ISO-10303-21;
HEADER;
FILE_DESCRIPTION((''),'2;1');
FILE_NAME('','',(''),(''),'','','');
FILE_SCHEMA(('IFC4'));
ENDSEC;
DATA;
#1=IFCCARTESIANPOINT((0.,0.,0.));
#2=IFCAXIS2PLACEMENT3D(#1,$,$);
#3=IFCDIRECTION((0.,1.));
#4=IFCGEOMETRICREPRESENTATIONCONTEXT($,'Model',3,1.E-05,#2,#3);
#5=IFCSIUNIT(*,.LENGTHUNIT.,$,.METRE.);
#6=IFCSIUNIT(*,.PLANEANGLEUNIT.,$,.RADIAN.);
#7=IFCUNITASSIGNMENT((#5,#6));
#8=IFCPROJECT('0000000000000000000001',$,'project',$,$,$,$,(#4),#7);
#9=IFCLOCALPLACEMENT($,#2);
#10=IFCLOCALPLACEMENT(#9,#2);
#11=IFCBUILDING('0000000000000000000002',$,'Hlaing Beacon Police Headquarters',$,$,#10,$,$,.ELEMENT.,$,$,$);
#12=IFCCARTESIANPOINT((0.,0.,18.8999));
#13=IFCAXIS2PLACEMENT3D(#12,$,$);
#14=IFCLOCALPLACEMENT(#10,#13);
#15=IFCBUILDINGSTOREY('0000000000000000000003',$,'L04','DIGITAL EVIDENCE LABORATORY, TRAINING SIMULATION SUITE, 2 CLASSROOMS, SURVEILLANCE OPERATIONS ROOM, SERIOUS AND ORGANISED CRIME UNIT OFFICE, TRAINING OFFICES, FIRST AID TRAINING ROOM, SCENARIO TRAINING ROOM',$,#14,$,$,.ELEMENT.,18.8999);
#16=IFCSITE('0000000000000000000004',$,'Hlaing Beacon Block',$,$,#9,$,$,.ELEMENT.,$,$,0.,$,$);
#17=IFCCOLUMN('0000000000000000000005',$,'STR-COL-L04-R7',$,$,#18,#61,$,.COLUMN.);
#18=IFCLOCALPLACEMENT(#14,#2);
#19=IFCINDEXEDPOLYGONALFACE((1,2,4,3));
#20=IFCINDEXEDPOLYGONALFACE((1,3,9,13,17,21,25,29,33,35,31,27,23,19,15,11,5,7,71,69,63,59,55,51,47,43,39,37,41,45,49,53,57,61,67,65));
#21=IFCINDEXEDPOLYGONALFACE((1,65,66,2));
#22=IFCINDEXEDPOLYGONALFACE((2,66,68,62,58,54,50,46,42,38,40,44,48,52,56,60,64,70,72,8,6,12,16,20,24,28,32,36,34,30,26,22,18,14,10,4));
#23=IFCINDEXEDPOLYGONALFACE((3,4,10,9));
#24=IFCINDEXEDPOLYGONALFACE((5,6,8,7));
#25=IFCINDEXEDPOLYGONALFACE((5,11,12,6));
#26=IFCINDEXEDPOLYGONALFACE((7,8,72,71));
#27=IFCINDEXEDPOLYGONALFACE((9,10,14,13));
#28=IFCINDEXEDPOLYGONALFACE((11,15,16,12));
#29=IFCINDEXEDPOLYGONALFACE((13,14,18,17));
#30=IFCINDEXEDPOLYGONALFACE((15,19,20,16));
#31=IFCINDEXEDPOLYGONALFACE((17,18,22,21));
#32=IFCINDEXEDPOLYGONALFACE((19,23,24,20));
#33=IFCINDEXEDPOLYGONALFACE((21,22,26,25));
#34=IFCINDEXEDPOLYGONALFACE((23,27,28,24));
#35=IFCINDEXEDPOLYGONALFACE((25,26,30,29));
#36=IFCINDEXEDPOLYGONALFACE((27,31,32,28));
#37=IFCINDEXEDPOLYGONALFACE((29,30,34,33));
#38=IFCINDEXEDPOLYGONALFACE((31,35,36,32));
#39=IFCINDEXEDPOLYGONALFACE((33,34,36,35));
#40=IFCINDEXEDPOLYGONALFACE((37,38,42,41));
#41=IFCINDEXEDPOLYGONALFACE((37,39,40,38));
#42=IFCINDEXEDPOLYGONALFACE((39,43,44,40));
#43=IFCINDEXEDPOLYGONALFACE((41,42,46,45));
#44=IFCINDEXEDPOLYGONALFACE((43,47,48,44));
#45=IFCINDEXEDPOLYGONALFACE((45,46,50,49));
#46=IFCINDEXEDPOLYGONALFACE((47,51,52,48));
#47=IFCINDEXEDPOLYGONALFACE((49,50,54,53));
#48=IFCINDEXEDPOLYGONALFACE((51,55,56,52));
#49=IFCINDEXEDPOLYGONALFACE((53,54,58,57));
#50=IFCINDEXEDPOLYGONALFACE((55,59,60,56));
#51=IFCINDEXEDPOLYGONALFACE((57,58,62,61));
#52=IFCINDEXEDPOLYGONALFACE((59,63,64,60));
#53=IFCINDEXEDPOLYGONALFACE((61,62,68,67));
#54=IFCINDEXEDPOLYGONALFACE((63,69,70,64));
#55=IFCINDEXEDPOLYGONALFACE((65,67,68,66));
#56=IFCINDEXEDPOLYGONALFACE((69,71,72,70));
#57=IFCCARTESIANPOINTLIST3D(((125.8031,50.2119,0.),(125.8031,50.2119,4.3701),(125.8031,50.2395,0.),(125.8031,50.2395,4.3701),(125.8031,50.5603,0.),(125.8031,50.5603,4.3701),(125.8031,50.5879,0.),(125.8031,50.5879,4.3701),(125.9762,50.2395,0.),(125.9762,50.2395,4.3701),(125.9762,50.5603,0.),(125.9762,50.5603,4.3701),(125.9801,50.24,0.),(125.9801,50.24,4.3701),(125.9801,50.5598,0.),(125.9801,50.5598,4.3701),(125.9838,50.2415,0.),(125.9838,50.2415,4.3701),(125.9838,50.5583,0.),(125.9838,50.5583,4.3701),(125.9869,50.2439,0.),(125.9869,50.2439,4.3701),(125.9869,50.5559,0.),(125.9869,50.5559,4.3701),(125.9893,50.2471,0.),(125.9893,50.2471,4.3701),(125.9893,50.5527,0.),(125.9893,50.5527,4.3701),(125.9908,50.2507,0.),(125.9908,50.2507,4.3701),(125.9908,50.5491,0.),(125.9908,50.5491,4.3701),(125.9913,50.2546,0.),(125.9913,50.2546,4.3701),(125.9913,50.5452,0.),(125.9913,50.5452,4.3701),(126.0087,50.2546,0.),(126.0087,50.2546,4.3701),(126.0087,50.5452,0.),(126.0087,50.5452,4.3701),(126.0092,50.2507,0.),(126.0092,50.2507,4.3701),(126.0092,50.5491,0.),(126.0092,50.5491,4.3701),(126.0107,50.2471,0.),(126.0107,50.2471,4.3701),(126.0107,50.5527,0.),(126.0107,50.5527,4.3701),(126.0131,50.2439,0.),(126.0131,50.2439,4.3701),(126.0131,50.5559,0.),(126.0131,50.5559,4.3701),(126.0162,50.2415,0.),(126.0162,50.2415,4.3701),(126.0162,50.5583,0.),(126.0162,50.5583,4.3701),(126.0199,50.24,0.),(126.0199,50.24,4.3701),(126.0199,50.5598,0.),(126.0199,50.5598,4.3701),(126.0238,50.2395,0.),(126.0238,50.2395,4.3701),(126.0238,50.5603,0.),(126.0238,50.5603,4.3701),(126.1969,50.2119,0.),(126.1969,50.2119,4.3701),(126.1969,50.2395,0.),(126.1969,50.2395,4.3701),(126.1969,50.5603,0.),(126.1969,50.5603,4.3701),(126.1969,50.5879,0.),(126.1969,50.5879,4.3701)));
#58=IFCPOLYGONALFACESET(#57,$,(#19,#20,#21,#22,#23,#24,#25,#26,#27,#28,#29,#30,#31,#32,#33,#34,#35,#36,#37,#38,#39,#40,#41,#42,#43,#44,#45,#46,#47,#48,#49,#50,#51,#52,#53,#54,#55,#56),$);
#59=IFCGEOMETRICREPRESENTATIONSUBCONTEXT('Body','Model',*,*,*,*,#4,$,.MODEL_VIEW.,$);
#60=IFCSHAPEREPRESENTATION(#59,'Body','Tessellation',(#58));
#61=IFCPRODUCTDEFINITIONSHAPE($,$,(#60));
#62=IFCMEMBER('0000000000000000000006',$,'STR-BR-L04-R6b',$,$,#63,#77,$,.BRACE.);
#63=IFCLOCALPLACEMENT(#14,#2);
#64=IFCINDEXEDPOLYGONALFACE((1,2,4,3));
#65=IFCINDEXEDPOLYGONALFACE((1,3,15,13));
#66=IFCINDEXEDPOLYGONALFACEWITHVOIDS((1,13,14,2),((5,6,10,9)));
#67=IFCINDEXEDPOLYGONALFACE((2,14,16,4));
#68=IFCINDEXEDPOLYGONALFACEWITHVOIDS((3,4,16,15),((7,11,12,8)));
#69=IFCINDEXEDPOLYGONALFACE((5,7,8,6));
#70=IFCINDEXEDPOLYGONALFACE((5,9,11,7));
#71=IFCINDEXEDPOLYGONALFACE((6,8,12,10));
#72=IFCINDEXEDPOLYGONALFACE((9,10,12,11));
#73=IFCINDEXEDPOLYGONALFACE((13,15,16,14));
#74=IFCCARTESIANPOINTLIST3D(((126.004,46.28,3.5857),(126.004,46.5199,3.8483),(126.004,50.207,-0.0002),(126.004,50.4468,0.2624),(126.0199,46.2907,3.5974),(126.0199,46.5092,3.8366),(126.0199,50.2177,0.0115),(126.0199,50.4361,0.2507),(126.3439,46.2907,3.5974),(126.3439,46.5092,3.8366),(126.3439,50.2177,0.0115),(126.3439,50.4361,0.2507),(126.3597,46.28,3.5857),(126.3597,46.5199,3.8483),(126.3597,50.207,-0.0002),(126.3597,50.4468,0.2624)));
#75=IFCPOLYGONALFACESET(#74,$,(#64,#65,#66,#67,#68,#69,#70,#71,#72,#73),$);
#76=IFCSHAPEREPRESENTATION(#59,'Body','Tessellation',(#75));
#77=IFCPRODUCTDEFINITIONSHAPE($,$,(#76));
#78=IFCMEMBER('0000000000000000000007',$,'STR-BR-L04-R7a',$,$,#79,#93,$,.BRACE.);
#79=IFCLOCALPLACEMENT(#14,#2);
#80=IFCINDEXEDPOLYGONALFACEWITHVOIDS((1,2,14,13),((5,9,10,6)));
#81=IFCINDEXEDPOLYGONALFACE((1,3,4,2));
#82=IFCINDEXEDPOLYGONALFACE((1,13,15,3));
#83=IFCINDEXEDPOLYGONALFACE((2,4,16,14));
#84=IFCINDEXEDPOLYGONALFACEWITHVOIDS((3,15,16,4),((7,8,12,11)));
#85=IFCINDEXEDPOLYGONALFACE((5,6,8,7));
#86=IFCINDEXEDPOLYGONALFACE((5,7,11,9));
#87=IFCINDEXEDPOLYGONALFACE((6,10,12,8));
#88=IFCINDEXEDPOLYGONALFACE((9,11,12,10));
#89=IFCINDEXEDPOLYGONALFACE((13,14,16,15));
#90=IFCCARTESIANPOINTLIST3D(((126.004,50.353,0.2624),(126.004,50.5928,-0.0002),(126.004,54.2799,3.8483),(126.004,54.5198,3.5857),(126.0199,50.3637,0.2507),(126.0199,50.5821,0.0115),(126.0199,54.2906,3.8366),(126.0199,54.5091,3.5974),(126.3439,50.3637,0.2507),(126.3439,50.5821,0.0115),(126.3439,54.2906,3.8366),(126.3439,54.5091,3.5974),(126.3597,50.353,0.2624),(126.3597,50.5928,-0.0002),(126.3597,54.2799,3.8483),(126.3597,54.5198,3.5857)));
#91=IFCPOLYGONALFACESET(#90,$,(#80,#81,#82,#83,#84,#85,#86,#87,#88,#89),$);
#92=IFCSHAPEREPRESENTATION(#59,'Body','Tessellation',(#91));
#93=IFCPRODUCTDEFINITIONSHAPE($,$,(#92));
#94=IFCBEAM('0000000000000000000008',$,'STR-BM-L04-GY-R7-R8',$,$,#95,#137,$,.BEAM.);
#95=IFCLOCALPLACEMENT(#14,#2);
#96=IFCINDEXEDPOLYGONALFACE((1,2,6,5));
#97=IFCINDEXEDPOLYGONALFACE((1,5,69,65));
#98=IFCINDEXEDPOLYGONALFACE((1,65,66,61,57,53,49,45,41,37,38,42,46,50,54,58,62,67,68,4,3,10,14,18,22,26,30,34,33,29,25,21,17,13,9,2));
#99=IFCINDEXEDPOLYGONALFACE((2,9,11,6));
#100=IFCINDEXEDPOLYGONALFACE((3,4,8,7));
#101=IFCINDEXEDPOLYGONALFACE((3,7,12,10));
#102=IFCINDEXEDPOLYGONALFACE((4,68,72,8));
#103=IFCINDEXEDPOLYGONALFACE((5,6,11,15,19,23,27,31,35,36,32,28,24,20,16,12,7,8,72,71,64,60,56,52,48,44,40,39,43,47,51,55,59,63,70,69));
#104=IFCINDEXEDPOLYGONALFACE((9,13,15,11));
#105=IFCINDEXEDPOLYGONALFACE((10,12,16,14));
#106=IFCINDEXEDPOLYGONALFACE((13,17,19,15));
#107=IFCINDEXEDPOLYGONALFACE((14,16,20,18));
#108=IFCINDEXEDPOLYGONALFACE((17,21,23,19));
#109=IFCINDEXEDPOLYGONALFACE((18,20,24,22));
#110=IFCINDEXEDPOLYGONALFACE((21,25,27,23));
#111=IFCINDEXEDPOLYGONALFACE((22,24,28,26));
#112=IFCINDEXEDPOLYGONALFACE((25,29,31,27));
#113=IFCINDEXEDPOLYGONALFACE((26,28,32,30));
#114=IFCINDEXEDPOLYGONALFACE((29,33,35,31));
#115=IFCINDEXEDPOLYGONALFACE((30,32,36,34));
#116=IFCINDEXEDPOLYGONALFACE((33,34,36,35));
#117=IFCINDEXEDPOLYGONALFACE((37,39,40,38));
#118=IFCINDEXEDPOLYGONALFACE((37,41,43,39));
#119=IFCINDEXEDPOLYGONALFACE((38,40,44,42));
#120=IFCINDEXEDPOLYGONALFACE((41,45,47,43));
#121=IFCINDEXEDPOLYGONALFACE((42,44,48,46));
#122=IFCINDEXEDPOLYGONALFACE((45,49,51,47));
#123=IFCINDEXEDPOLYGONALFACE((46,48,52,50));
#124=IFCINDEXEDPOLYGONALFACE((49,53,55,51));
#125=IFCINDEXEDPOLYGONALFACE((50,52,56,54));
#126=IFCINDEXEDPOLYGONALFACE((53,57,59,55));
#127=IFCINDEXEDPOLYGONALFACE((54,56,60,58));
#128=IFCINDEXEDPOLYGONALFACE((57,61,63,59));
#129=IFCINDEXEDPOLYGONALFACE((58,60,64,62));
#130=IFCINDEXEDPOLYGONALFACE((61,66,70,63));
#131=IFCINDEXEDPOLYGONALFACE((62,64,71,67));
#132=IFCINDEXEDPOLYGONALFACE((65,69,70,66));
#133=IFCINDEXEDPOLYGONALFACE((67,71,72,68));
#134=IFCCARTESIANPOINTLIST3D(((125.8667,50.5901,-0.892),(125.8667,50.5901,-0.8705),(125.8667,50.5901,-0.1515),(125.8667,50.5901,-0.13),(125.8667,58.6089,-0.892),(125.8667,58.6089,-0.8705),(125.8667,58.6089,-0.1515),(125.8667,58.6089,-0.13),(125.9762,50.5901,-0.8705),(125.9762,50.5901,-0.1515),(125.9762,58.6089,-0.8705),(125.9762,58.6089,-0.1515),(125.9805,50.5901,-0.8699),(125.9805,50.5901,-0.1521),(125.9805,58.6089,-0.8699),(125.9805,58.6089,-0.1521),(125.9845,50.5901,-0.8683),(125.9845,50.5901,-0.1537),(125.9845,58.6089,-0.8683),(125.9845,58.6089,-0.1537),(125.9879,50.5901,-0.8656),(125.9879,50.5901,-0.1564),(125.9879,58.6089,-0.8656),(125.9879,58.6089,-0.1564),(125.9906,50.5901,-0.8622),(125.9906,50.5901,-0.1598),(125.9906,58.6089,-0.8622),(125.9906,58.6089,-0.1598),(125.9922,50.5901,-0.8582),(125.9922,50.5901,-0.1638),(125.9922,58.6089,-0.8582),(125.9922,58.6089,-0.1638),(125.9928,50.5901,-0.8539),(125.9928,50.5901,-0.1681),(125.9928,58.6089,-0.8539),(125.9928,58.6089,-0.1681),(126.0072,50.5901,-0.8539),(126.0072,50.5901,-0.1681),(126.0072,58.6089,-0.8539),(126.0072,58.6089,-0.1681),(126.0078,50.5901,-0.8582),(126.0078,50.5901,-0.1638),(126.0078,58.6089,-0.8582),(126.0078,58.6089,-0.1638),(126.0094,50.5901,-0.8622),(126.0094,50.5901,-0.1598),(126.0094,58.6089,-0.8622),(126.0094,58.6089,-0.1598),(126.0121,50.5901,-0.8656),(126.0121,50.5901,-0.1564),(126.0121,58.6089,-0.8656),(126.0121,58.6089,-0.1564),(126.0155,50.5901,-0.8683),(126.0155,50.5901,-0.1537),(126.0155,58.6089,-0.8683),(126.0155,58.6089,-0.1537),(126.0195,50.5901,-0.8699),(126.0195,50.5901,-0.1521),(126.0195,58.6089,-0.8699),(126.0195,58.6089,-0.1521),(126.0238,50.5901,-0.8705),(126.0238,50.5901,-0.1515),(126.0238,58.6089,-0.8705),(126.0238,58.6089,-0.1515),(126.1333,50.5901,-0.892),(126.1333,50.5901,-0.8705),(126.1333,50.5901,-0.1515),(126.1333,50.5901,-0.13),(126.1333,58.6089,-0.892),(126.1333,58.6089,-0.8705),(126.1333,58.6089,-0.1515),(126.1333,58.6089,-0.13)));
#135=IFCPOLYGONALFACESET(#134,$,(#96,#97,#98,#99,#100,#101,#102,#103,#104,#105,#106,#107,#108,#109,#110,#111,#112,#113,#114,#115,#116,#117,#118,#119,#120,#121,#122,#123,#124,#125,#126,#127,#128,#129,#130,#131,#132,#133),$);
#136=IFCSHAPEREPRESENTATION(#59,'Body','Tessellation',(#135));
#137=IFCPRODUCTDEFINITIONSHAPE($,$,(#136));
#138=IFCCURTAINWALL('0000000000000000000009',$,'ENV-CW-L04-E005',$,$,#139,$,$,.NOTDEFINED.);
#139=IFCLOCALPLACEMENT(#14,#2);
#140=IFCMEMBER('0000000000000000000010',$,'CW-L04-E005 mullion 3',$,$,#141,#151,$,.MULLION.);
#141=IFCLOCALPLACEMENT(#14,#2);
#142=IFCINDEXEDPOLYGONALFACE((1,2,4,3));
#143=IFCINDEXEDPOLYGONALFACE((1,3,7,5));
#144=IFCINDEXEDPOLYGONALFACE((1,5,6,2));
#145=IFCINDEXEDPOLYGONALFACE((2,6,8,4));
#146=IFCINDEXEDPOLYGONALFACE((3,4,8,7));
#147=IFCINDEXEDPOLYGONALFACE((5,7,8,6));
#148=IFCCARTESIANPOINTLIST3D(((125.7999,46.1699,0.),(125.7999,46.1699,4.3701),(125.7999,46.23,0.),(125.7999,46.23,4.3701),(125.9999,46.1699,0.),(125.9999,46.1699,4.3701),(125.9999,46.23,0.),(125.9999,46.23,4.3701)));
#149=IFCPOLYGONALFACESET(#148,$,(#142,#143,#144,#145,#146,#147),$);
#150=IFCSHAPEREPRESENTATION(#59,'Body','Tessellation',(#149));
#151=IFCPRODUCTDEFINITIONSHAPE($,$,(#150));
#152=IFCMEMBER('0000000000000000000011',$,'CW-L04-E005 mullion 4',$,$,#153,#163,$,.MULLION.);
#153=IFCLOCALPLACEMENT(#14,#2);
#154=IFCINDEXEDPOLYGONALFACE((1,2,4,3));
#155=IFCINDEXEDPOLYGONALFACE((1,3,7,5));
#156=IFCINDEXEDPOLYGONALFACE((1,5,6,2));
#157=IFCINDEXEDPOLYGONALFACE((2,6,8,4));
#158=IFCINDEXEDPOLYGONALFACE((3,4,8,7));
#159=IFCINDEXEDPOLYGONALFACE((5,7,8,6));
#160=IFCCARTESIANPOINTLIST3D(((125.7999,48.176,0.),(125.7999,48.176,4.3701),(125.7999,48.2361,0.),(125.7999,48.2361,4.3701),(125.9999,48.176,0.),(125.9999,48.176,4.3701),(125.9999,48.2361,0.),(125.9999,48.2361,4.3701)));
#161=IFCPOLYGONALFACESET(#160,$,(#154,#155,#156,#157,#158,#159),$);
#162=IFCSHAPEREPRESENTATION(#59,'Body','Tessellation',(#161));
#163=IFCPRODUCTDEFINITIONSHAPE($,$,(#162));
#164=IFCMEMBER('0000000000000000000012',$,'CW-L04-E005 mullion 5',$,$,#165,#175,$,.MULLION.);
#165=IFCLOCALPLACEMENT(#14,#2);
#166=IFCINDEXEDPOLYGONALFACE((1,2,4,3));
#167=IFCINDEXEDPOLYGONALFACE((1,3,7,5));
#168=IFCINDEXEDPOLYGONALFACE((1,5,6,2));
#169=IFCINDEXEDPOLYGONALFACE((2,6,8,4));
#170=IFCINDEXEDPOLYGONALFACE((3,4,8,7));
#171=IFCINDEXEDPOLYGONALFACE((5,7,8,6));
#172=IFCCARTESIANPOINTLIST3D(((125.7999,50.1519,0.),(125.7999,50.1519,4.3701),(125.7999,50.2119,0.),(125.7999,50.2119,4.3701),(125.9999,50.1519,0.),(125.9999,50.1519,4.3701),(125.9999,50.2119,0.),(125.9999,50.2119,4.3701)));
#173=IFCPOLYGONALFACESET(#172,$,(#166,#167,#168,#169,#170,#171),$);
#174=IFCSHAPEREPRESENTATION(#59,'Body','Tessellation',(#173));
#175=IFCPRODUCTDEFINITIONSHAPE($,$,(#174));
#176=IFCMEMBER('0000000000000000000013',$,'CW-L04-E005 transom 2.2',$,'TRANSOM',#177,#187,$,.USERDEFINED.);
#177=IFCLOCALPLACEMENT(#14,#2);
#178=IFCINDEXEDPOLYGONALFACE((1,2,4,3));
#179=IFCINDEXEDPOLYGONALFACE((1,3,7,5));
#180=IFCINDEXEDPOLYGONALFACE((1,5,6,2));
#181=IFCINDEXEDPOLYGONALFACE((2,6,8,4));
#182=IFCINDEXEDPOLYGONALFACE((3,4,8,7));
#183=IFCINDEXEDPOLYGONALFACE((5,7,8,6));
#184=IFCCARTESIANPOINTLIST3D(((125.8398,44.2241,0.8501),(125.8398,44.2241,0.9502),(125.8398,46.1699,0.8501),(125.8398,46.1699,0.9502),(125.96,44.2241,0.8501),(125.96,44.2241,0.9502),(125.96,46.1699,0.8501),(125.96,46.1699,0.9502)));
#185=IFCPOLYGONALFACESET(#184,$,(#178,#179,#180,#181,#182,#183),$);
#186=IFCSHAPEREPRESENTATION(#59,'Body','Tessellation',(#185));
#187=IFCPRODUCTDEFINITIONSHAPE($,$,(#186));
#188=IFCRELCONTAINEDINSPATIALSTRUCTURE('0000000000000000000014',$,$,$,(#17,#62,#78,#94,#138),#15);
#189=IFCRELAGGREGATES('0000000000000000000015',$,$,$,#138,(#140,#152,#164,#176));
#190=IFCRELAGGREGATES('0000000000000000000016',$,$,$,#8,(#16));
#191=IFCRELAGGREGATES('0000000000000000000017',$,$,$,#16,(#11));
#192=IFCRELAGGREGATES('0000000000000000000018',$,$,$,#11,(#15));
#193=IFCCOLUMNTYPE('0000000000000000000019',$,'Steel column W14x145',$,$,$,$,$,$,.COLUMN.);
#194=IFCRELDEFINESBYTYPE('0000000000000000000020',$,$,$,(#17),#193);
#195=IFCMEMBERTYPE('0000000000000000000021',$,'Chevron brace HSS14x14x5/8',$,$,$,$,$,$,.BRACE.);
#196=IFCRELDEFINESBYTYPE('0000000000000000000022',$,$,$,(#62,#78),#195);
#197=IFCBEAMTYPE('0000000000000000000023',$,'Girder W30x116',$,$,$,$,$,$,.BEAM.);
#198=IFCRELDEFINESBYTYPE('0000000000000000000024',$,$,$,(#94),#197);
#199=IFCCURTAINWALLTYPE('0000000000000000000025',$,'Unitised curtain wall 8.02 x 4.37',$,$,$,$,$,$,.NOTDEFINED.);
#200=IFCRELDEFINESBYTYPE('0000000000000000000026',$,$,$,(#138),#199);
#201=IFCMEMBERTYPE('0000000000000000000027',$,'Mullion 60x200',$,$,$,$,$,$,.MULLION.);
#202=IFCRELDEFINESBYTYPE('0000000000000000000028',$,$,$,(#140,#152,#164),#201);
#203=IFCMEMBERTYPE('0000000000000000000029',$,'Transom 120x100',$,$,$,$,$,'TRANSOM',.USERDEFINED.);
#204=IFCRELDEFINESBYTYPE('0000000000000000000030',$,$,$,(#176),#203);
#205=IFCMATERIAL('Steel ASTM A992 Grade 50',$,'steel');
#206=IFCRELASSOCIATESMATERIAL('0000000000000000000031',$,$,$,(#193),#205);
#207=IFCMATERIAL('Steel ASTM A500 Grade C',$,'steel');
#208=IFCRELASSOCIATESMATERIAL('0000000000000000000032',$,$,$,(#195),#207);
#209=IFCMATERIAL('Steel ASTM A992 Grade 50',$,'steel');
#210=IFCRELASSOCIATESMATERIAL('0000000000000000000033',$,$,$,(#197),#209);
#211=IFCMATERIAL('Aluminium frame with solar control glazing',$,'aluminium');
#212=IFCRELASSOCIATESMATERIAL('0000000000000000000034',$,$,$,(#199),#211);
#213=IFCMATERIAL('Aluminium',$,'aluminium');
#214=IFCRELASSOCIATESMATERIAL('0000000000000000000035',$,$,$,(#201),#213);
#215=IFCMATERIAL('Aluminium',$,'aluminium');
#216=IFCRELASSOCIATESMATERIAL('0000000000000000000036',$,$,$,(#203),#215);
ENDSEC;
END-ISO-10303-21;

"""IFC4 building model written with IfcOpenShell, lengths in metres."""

from ifc_helpers import new_model, si_unit, direction, frame, origin, origin_2d, place, context, subcontext, project, spatial, rectangle, hollow_rectangle, i_section, extrude, material, material_profile, profile_set, type_object, element, aggregate, save


model = new_model("IFC4")

# Units and contexts
model_context = context("Model", 3, precision=1e-05, world=origin(), true_north=direction((0.0, 1.0)))
body_context = subcontext(model_context, "Body", "Model", "MODEL_VIEW")
ifc_project = project(units=[si_unit("LENGTHUNIT", "METRE"), si_unit("PLANEANGLEUNIT", "RADIAN")], contexts=[model_context])

# Site, building, storey
site_placement = place(None, origin())
site = spatial("IfcSite", under=ifc_project, at=site_placement, Name="Hlaing Beacon Block", CompositionType="ELEMENT", RefElevation=0.0)
building_placement = place(site_placement, origin())
building = spatial("IfcBuilding", under=site, at=building_placement, Name="Hlaing Beacon Police Headquarters", CompositionType="ELEMENT")
storey_placement = place(building_placement, frame((0.0, 0.0, 18.8999)))
storey = spatial("IfcBuildingStorey", under=building, at=storey_placement, Name="L04", Description="DIGITAL EVIDENCE LABORATORY, TRAINING SIMULATION SUITE, 2 CLASSROOMS, SURVEILLANCE OPERATIONS ROOM, SERIOUS AND ORGANISED CRIME UNIT OFFICE, TRAINING OFFICES, FIRST AID TRAINING ROOM, SCENARIO TRAINING ROOM", CompositionType="ELEMENT", Elevation=18.8999)

# Column
ifc_material_1 = material(Name="Steel ASTM A992 Grade 50", Category="steel")
ifc_material_profile_1 = material_profile(ifc_material_1, i_section(OverallWidth=0.3938, OverallDepth=0.376, WebThickness=0.0173, FlangeThickness=0.0276, FilletRadius=0.0151, at=origin_2d()), Name="W14x145")
ifc_profile_set_1 = profile_set([ifc_material_profile_1], Name="Steel ASTM A992 Grade 50")
column_type = type_object("IfcColumnType", Name="Steel column W14x145", PredefinedType="COLUMN", material=ifc_profile_set_1)
column_placement = place(storey_placement, frame((126.0, 50.3999, 0.0), z_axis=(0.0, 0.0, 1.0), x_axis=(1.0, 0.0, 0.0)))
element("IfcColumn", 1, at=column_placement, inside=storey, type_object=column_type, Name="STR-COL-L04-R7", PredefinedType="COLUMN", context=body_context, shape_type="SweptSolid", body=[
    extrude(i_section(OverallWidth=0.3938, OverallDepth=0.376, WebThickness=0.0173, FlangeThickness=0.0276, FilletRadius=0.0151, at=origin_2d()), origin(), (0.0, 0.0, 1.0), 4.3701),
])

# Members
ifc_material_2 = material(Name="Steel ASTM A500 Grade C", Category="steel")
ifc_material_profile_2 = material_profile(ifc_material_2, hollow_rectangle(XDim=0.3557, YDim=0.3557, WallThickness=0.0159, at=origin_2d()), Name="HSS14x14x5/8")
ifc_profile_set_2 = profile_set([ifc_material_profile_2], Name="Steel ASTM A500 Grade C")
member_type_1 = type_object("IfcMemberType", Name="Chevron brace HSS14x14x5/8", PredefinedType="BRACE", material=ifc_profile_set_2)
for number, where, z_axis, x_axis, name in (
    (2, (126.1819, 50.3269, 0.1311), (0.0, -0.738447, 0.674312), (1.0, 0.0, 0.0), "STR-BR-L04-R6b"),
    (3, (126.1819, 50.4729, 0.1311), (0.0, 0.738447, 0.674312), (-1.0, 0.0, 0.0), "STR-BR-L04-R7a"),
):
    element("IfcMember", number, at=place(storey_placement, frame(where, z_axis=z_axis, x_axis=x_axis)), inside=storey, type_object=member_type_1, Name=name, PredefinedType="BRACE", context=body_context, shape_type="SweptSolid", body=[
        extrude(hollow_rectangle(XDim=0.3557, YDim=0.3557, WallThickness=0.0159, at=origin_2d()), origin(), (0.0, 0.0, 1.0), 5.3179),
    ])

# Beam
ifc_material_3 = material(Name="Steel ASTM A992 Grade 50", Category="steel")
ifc_material_profile_3 = material_profile(ifc_material_3, i_section(OverallWidth=0.2666, OverallDepth=0.762, WebThickness=0.0144, FlangeThickness=0.0215, FilletRadius=0.0166, at=origin_2d()), Name="W30x116")
ifc_profile_set_3 = profile_set([ifc_material_profile_3], Name="Steel ASTM A992 Grade 50")
beam_type = type_object("IfcBeamType", Name="Girder W30x116", PredefinedType="BEAM", material=ifc_profile_set_3)
beam_placement = place(storey_placement, frame((126.0, 50.5901, -0.511), z_axis=(0.0, 1.0, 0.0), x_axis=(-1.0, 0.0, 0.0)))
element("IfcBeam", 4, at=beam_placement, inside=storey, type_object=beam_type, Name="STR-BM-L04-GY-R7-R8", PredefinedType="BEAM", context=body_context, shape_type="SweptSolid", body=[
    extrude(i_section(OverallWidth=0.2666, OverallDepth=0.762, WebThickness=0.0144, FlangeThickness=0.0215, FilletRadius=0.0166, at=origin_2d()), origin(), (0.0, 0.0, 1.0), 8.0188),
])

# Curtain wall, members
ifc_material_4 = material(Name="Aluminium frame with solar control glazing", Category="aluminium")
curtain_wall_type = type_object("IfcCurtainWallType", Name="Unitised curtain wall 8.02 x 4.37", PredefinedType="NOTDEFINED", material=ifc_material_4)
curtain_wall_placement = place(storey_placement, origin())
curtain_wall = element("IfcCurtainWall", 5, at=curtain_wall_placement, inside=storey, type_object=curtain_wall_type, Name="ENV-CW-L04-E005", PredefinedType="NOTDEFINED")
ifc_material_5 = material(Name="Aluminium", Category="aluminium")
ifc_material_profile_4 = material_profile(ifc_material_5, rectangle(XDim=0.2, YDim=0.0601, at=origin_2d()), Name="Mullion 60x200")
ifc_profile_set_4 = profile_set([ifc_material_profile_4], Name="Aluminium")
member_type_2 = type_object("IfcMemberType", Name="Mullion 60x200", PredefinedType="MULLION", material=ifc_profile_set_4)
member_1_placement = place(storey_placement, frame((125.8999, 46.2, 0.0), z_axis=(0.0, 0.0, 1.0), x_axis=(-1.0, 0.0, 0.0)))
member_1 = element("IfcMember", 6, at=member_1_placement, type_object=member_type_2, Name="CW-L04-E005 mullion 3", PredefinedType="MULLION", context=body_context, shape_type="SweptSolid", body=[
    extrude(rectangle(XDim=0.2, YDim=0.0601, at=origin_2d()), origin(), (0.0, 0.0, 1.0), 4.3701),
])
member_2_placement = place(storey_placement, frame((125.8999, 48.2061, 0.0), z_axis=(0.0, 0.0, 1.0), x_axis=(-1.0, 0.0, 0.0)))
member_2 = element("IfcMember", 7, at=member_2_placement, type_object=member_type_2, Name="CW-L04-E005 mullion 4", PredefinedType="MULLION", context=body_context, shape_type="SweptSolid", body=[
    extrude(rectangle(XDim=0.2, YDim=0.0601, at=origin_2d()), origin(), (0.0, 0.0, 1.0), 4.3701),
])
member_3_placement = place(storey_placement, frame((125.8999, 50.1819, 0.0), z_axis=(0.0, 0.0, 1.0), x_axis=(-1.0, 0.0, 0.0)))
member_3 = element("IfcMember", 8, at=member_3_placement, type_object=member_type_2, Name="CW-L04-E005 mullion 5", PredefinedType="MULLION", context=body_context, shape_type="SweptSolid", body=[
    extrude(rectangle(XDim=0.2, YDim=0.0601, at=origin_2d()), origin(), (0.0, 0.0, 1.0), 4.3701),
])
ifc_material_6 = material(Name="Aluminium", Category="aluminium")
ifc_material_profile_5 = material_profile(ifc_material_6, rectangle(XDim=0.1201, YDim=0.1001, at=origin_2d()), Name="Transom 120x100")
ifc_profile_set_5 = profile_set([ifc_material_profile_5], Name="Aluminium")
member_type_3 = type_object("IfcMemberType", Name="Transom 120x100", ElementType="TRANSOM", PredefinedType="USERDEFINED", material=ifc_profile_set_5)
member_4_placement = place(storey_placement, frame((125.8999, 44.2241, 0.9001), z_axis=(0.0, 1.0, 0.0), x_axis=(-1.0, 0.0, 0.0)))
member_4 = element("IfcMember", 9, at=member_4_placement, type_object=member_type_3, Name="CW-L04-E005 transom 2.2", ObjectType="TRANSOM", PredefinedType="USERDEFINED", context=body_context, shape_type="SweptSolid", body=[
    extrude(rectangle(XDim=0.1201, YDim=0.1001, at=origin_2d()), origin(), (0.0, 0.0, 1.0), 1.9458),
])
aggregate(curtain_wall, [member_1, member_2, member_3, member_4])

save(model, "model.ifc")
